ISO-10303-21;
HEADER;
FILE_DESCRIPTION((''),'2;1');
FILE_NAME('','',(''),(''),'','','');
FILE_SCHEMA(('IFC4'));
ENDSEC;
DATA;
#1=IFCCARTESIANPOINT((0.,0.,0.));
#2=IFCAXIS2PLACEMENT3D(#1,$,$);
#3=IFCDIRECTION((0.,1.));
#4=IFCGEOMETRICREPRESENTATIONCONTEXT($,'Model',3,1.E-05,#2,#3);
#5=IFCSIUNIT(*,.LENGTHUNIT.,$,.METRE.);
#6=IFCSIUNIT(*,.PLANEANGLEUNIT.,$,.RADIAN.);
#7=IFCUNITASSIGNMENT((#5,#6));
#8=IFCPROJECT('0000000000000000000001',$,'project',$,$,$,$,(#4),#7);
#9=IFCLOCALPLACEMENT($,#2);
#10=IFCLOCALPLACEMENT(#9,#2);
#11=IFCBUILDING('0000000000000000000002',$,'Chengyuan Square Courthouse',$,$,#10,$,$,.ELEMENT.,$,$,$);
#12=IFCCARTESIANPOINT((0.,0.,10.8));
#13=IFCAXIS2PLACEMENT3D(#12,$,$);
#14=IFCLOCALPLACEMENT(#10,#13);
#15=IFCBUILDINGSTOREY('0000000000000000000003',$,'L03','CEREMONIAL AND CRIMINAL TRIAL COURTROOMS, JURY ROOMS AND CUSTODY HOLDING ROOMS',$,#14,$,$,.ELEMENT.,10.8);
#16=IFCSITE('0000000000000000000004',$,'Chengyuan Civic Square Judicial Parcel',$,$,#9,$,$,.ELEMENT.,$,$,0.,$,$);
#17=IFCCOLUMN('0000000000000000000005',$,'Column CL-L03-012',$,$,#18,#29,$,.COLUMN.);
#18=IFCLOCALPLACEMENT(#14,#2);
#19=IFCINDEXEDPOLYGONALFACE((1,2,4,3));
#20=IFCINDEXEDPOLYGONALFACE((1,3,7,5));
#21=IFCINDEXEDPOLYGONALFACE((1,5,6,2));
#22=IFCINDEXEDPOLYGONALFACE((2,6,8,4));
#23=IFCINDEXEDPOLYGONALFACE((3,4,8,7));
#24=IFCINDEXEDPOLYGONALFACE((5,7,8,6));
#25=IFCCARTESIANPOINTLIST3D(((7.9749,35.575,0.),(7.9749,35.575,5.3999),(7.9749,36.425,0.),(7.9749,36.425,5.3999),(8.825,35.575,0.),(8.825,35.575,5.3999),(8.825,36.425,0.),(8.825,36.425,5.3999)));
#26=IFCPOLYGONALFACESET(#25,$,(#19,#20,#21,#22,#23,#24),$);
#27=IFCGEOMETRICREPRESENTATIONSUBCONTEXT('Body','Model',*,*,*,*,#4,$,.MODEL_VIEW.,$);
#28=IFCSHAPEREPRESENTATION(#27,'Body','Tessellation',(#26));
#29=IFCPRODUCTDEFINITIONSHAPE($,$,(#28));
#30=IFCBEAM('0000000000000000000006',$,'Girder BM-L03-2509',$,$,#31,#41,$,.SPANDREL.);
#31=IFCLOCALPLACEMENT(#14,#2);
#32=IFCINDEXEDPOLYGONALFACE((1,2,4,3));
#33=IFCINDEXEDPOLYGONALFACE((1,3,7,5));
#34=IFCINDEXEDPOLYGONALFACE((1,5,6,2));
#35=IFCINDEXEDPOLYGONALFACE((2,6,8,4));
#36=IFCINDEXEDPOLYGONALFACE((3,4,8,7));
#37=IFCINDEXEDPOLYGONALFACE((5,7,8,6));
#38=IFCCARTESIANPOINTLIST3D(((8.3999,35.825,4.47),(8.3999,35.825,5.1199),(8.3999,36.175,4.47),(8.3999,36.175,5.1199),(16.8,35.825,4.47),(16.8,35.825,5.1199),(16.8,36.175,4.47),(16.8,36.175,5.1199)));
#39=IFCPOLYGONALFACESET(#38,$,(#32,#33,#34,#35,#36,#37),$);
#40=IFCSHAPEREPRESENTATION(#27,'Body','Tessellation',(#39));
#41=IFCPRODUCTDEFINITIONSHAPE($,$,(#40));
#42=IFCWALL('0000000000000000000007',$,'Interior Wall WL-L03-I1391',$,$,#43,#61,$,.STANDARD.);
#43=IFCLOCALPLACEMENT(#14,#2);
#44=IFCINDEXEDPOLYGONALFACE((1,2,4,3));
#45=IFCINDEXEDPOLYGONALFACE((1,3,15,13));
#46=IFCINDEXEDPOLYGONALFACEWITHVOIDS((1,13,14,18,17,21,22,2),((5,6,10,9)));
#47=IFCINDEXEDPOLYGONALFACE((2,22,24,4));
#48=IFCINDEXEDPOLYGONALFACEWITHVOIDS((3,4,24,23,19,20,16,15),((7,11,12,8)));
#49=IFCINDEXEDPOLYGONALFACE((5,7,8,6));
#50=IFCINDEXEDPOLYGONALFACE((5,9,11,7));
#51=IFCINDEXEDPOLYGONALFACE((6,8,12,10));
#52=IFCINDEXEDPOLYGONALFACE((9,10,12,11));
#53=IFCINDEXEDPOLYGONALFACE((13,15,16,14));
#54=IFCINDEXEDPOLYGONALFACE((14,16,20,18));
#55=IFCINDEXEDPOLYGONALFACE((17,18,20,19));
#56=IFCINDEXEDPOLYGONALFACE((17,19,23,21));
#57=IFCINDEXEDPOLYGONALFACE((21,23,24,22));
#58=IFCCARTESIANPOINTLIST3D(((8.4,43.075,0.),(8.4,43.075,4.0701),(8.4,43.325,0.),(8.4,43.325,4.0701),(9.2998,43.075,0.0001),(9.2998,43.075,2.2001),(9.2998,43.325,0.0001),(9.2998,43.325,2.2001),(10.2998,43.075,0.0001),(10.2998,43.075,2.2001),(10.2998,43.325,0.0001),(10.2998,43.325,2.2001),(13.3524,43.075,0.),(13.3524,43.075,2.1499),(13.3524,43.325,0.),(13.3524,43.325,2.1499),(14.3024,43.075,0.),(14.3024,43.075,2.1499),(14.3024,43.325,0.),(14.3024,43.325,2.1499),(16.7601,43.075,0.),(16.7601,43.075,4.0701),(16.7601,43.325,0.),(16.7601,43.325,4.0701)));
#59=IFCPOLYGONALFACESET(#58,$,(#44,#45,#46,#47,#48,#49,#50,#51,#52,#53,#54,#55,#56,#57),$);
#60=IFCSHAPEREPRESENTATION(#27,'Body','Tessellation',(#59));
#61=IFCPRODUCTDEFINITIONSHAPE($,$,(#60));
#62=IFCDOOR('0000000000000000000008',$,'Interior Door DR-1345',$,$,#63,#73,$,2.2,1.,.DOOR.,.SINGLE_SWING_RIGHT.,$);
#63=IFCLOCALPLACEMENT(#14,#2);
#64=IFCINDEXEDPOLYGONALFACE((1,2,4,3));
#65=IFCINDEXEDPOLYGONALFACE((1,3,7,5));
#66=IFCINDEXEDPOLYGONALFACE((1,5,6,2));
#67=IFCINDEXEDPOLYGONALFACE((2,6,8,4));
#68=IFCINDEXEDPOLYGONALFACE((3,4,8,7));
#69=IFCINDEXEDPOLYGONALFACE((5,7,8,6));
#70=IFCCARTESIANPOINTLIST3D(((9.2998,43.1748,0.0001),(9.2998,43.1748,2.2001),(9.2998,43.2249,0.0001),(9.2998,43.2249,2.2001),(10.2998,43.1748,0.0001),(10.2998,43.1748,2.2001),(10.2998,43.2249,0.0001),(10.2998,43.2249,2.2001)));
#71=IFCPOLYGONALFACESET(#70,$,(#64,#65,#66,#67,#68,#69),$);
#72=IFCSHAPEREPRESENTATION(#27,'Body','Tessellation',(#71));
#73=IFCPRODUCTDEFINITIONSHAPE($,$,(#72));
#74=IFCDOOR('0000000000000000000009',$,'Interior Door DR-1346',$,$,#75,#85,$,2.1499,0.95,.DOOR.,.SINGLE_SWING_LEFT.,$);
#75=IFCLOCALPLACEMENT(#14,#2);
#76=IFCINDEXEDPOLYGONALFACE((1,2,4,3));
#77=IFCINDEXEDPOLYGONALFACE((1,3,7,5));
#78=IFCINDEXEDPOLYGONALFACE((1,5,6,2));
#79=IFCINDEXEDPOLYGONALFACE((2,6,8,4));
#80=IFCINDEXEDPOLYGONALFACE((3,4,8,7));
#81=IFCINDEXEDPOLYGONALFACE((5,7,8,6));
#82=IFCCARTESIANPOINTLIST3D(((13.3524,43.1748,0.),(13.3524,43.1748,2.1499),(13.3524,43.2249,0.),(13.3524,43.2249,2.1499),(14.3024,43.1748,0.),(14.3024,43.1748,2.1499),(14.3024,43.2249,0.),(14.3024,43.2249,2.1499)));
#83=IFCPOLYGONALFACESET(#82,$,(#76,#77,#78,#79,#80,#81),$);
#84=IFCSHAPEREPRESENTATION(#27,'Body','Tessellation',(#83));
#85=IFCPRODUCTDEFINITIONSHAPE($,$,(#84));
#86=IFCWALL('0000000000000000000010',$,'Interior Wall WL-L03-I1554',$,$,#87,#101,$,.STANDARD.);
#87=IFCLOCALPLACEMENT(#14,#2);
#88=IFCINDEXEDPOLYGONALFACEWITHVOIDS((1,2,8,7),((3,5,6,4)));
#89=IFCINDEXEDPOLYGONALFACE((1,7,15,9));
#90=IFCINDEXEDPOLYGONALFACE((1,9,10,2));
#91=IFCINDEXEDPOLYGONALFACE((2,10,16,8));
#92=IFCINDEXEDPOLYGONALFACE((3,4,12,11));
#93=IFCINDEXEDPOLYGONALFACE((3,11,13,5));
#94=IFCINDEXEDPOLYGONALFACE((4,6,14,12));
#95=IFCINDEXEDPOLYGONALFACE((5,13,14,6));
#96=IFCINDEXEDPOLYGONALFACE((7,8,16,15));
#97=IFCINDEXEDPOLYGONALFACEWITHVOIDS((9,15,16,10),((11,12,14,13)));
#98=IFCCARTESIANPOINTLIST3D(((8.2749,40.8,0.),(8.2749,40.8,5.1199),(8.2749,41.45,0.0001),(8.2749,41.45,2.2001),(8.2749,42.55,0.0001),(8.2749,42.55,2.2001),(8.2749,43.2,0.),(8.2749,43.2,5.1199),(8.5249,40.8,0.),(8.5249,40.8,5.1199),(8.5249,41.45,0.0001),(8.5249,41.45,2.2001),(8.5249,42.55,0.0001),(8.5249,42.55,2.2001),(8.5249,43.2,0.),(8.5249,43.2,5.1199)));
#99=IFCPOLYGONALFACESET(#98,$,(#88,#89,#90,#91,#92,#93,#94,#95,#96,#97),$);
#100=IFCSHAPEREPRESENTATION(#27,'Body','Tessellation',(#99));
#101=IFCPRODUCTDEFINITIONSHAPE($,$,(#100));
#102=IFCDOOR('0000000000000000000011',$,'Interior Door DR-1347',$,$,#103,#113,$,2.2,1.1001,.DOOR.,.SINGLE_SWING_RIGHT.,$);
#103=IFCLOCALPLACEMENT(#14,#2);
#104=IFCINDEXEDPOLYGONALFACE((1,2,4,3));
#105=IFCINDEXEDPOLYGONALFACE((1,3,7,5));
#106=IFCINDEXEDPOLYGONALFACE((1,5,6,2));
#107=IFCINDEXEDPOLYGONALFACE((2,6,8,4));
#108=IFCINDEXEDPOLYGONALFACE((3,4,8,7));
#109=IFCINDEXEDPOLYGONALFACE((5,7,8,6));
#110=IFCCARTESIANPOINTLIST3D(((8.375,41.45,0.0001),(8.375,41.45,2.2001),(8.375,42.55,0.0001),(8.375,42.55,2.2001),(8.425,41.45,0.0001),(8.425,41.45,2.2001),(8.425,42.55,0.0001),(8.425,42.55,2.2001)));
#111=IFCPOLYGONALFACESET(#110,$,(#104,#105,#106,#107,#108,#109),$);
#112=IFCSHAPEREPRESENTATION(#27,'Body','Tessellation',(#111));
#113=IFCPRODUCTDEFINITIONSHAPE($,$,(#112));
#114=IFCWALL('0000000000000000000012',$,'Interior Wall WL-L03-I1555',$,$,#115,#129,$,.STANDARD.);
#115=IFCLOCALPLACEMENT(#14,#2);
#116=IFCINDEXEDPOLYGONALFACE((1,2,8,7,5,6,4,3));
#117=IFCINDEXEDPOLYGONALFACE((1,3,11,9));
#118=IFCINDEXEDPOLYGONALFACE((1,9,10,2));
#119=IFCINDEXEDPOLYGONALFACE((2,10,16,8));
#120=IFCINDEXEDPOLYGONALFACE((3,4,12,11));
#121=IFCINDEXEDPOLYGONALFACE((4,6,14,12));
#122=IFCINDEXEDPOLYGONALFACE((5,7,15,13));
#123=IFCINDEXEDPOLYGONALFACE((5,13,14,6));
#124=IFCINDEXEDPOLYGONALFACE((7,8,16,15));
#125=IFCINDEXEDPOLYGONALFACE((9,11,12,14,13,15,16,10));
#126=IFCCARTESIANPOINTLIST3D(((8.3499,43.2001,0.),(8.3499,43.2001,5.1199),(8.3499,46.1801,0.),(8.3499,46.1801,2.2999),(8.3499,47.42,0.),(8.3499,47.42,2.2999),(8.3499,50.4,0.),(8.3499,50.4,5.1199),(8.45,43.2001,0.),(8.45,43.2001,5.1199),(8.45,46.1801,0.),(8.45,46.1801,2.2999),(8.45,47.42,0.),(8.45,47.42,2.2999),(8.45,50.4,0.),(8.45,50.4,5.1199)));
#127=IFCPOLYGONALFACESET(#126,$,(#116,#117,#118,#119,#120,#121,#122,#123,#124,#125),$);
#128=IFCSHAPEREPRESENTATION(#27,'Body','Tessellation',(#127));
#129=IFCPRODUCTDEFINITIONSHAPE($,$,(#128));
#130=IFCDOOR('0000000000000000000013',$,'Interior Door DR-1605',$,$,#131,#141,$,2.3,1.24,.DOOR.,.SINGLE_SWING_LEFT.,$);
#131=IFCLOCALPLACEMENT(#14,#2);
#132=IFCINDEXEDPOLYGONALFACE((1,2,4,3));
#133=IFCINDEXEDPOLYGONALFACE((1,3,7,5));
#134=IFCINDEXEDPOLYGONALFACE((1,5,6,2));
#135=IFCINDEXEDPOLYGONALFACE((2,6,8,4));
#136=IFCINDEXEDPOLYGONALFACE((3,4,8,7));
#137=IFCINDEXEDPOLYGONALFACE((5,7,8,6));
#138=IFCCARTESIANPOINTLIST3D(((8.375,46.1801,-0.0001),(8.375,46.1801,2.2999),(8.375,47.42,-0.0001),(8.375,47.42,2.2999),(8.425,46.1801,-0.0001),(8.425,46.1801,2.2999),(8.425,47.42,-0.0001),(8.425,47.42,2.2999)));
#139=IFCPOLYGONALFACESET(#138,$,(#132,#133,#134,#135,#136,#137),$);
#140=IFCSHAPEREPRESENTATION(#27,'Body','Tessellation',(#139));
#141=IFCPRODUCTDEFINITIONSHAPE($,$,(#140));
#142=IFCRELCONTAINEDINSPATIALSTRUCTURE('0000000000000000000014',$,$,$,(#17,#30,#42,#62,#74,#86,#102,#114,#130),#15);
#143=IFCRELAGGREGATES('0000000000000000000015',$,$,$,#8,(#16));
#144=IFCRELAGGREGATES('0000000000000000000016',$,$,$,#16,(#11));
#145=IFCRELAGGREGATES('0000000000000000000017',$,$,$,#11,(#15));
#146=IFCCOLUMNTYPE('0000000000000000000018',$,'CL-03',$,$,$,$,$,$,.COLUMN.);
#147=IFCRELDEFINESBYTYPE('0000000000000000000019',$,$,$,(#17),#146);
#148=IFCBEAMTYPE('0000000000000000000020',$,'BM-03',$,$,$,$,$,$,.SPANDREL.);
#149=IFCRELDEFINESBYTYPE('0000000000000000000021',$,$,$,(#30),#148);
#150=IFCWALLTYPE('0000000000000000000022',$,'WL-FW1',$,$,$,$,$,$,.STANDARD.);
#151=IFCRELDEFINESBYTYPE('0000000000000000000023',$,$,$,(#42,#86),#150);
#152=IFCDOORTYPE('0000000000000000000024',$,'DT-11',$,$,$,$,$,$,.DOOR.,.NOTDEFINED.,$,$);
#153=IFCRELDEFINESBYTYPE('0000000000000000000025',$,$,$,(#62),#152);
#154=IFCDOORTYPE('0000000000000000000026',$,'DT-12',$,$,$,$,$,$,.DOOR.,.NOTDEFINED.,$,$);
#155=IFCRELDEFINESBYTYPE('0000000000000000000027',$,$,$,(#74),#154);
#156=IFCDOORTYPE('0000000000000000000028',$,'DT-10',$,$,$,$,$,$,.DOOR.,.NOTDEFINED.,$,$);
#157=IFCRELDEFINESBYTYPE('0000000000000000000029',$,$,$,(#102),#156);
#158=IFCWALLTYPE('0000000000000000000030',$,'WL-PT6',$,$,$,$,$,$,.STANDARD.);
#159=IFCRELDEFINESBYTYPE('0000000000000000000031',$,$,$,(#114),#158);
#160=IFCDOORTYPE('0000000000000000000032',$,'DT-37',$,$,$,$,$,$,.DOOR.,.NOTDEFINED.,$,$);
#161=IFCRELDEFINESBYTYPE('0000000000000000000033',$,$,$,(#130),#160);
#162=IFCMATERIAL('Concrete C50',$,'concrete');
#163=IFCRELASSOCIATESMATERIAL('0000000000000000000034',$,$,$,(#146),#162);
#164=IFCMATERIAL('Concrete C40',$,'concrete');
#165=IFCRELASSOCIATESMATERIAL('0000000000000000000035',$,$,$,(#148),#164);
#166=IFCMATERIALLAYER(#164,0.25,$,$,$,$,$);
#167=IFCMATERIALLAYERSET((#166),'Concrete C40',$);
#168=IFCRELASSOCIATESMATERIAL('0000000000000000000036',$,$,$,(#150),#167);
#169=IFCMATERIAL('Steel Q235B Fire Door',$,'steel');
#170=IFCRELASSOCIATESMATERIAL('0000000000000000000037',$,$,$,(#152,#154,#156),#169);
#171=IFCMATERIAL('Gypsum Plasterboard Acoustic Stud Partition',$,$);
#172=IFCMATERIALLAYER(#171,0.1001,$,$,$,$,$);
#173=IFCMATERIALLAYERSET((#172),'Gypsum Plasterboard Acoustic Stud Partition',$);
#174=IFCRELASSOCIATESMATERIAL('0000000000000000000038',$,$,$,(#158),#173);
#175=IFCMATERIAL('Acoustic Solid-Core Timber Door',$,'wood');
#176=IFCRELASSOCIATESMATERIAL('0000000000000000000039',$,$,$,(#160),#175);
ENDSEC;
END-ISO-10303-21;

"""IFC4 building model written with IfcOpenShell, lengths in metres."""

from ifc_helpers import new_model, si_unit, direction, frame, frame_2d, origin, origin_2d, place, context, subcontext, project, spatial, rectangle, extrude, material, layer, layer_set, material_profile, profile_set, type_object, element, fill, save


model = new_model("IFC4")

# Units and contexts
model_context = context("Model", 3, precision=1e-05, world=origin(), true_north=direction((0.0, 1.0)))
body_context = subcontext(model_context, "Body", "Model", "MODEL_VIEW")
ifc_project = project(units=[si_unit("LENGTHUNIT", "METRE"), si_unit("PLANEANGLEUNIT", "RADIAN")], contexts=[model_context])

# Site, building, storey
site_placement = place(None, origin())
site = spatial("IfcSite", under=ifc_project, at=site_placement, Name="Chengyuan Civic Square Judicial Parcel", CompositionType="ELEMENT", RefElevation=0.0)
building_placement = place(site_placement, origin())
building = spatial("IfcBuilding", under=site, at=building_placement, Name="Chengyuan Square Courthouse", CompositionType="ELEMENT")
storey_placement = place(building_placement, frame((0.0, 0.0, 10.8)))
storey = spatial("IfcBuildingStorey", under=building, at=storey_placement, Name="L03", Description="CEREMONIAL AND CRIMINAL TRIAL COURTROOMS, JURY ROOMS AND CUSTODY HOLDING ROOMS", CompositionType="ELEMENT", Elevation=10.8)

# Column
ifc_material_1 = material(Name="Concrete C50", Category="concrete")
ifc_material_profile_1 = material_profile(ifc_material_1, rectangle(XDim=0.8501, YDim=0.8501, at=origin_2d()), Name="RC-COL-850x850")
ifc_profile_set_1 = profile_set([ifc_material_profile_1], Name="Concrete C50")
column_type = type_object("IfcColumnType", Name="CL-03", PredefinedType="COLUMN", material=ifc_profile_set_1)
column_placement = place(storey_placement, frame((8.3999, 36.0, 0.0), z_axis=(0.0, 0.0, 1.0), x_axis=(1.0, 0.0, 0.0)))
element("IfcColumn", 1, at=column_placement, inside=storey, type_object=column_type, Name="Column CL-L03-012", PredefinedType="COLUMN", context=body_context, shape_type="SweptSolid", body=[
    extrude(rectangle(XDim=0.8501, YDim=0.8501, at=origin_2d()), origin(), (0.0, 0.0, 1.0), 5.3999),
])

# Beam
ifc_material_2 = material(Name="Concrete C40", Category="concrete")
ifc_material_profile_2 = material_profile(ifc_material_2, rectangle(XDim=0.3501, YDim=0.6499, at=origin_2d()), Name="RC-BM-350x650")
ifc_profile_set_2 = profile_set([ifc_material_profile_2], Name="Concrete C40")
beam_type = type_object("IfcBeamType", Name="BM-03", PredefinedType="SPANDREL", material=ifc_profile_set_2)
beam_placement = place(storey_placement, frame((8.3999, 36.0, 4.7949), z_axis=(1.0, 0.0, 0.0), x_axis=(0.0, 1.0, 0.0)))
element("IfcBeam", 2, at=beam_placement, inside=storey, type_object=beam_type, Name="Girder BM-L03-2509", PredefinedType="SPANDREL", context=body_context, shape_type="SweptSolid", body=[
    extrude(rectangle(XDim=0.3501, YDim=0.6499, at=origin_2d()), origin(), (0.0, 0.0, 1.0), 8.4001),
])

# Wall, openings, doors
ifc_layer_1 = layer(ifc_material_2, 0.25)
ifc_layer_set_1 = layer_set([ifc_layer_1], Name="Concrete C40")
wall_type_1 = type_object("IfcWallType", Name="WL-FW1", PredefinedType="STANDARD", material=ifc_layer_set_1)
wall_1_placement = place(storey_placement, frame((8.3999, 43.2, 0.0), z_axis=(0.0, 0.0, 1.0), x_axis=(1.0, 0.0, 0.0)))
wall_1 = element("IfcWall", 3, at=wall_1_placement, inside=storey, type_object=wall_type_1, Name="Interior Wall WL-L03-I1391", PredefinedType="STANDARD", context=body_context, shape_type="SweptSolid", body=[
    extrude(rectangle(XDim=8.3601, YDim=0.25, at=frame_2d((4.1802, 0.0))), origin(), (0.0, 0.0, 1.0), 4.0701),
])
opening_1_placement = place(wall_1_placement, frame((0.8999, 0.0, 0.0)))
opening_1 = element("IfcOpeningElement", 4, at=opening_1_placement, cuts=wall_1, PredefinedType="OPENING", context=body_context, shape_type="SweptSolid", body=[
    extrude(rectangle(XDim=1.0, YDim=2.2, at=frame_2d((0.5, 1.1001))), frame((0.0, 0.137, 0.0), z_axis=(0.0, -1.0, 0.0), x_axis=(1.0, 0.0, 0.0)), (0.0, 0.0, 1.0), 0.2739),
])
opening_2_placement = place(wall_1_placement, frame((4.9524, 0.0, 0.0)))
opening_2 = element("IfcOpeningElement", 5, at=opening_2_placement, cuts=wall_1, PredefinedType="OPENING", context=body_context, shape_type="SweptSolid", body=[
    extrude(rectangle(XDim=0.95, YDim=2.1499, at=frame_2d((0.4751, 1.075))), frame((0.0, 0.137, 0.0), z_axis=(0.0, -1.0, 0.0), x_axis=(1.0, 0.0, 0.0)), (0.0, 0.0, 1.0), 0.2739),
])
ifc_material_3 = material(Name="Steel Q235B Fire Door", Category="steel")
door_type_1 = type_object("IfcDoorType", Name="DT-11", OperationType="NOTDEFINED", PredefinedType="DOOR", material=ifc_material_3)
door_1_placement = place(opening_1_placement, origin())
door_1 = element("IfcDoor", 6, at=door_1_placement, inside=storey, type_object=door_type_1, Name="Interior Door DR-1345", OperationType="SINGLE_SWING_RIGHT", OverallHeight=2.2, OverallWidth=1.0, PredefinedType="DOOR", context=body_context, shape_type="SweptSolid", body=[
    extrude(rectangle(XDim=1.0, YDim=2.2, at=frame_2d((0.5, 1.1001))), frame((0.0, 0.0249, 0.0), z_axis=(0.0, -1.0, 0.0), x_axis=(1.0, 0.0, 0.0)), (0.0, 0.0, 1.0), 0.05),
])
fill(opening_1, door_1)
door_type_2 = type_object("IfcDoorType", Name="DT-12", OperationType="NOTDEFINED", PredefinedType="DOOR", material=ifc_material_3)
door_2_placement = place(opening_2_placement, origin())
door_2 = element("IfcDoor", 7, at=door_2_placement, inside=storey, type_object=door_type_2, Name="Interior Door DR-1346", OperationType="SINGLE_SWING_LEFT", OverallHeight=2.1499, OverallWidth=0.95, PredefinedType="DOOR", context=body_context, shape_type="SweptSolid", body=[
    extrude(rectangle(XDim=0.95, YDim=2.1499, at=frame_2d((0.4751, 1.075))), frame((0.0, 0.0249, 0.0), z_axis=(0.0, -1.0, 0.0), x_axis=(1.0, 0.0, 0.0)), (0.0, 0.0, 1.0), 0.05),
])
fill(opening_2, door_2)

# Walls, openings, doors
wall_2_placement = place(storey_placement, frame((8.3999, 40.8, 0.0), z_axis=(0.0, 0.0, 1.0), x_axis=(0.0, 1.0, 0.0)))
wall_2 = element("IfcWall", 8, at=wall_2_placement, inside=storey, type_object=wall_type_1, Name="Interior Wall WL-L03-I1554", PredefinedType="STANDARD", context=body_context, shape_type="SweptSolid", body=[
    extrude(rectangle(XDim=2.3999, YDim=0.25, at=frame_2d((1.2, 0.0))), origin(), (0.0, 0.0, 1.0), 5.1199),
])
opening_3_placement = place(wall_2_placement, frame((0.6499, 0.0, 0.0)))
opening_3 = element("IfcOpeningElement", 9, at=opening_3_placement, cuts=wall_2, PredefinedType="OPENING", context=body_context, shape_type="SweptSolid", body=[
    extrude(rectangle(XDim=1.1001, YDim=2.2, at=frame_2d((0.55, 1.1001))), frame((0.0, 0.137, 0.0), z_axis=(0.0, -1.0, 0.0), x_axis=(1.0, 0.0, 0.0)), (0.0, 0.0, 1.0), 0.2739),
])
door_type_3 = type_object("IfcDoorType", Name="DT-10", OperationType="NOTDEFINED", PredefinedType="DOOR", material=ifc_material_3)
door_3_placement = place(opening_3_placement, origin())
door_3 = element("IfcDoor", 10, at=door_3_placement, inside=storey, type_object=door_type_3, Name="Interior Door DR-1347", OperationType="SINGLE_SWING_RIGHT", OverallHeight=2.2, OverallWidth=1.1001, PredefinedType="DOOR", context=body_context, shape_type="SweptSolid", body=[
    extrude(rectangle(XDim=1.1001, YDim=2.2, at=frame_2d((0.55, 1.1001))), frame((0.0, 0.0249, 0.0), z_axis=(0.0, -1.0, 0.0), x_axis=(1.0, 0.0, 0.0)), (0.0, 0.0, 1.0), 0.05),
])
fill(opening_3, door_3)
ifc_material_4 = material(Name="Gypsum Plasterboard Acoustic Stud Partition")
ifc_layer_2 = layer(ifc_material_4, 0.1001)
ifc_layer_set_2 = layer_set([ifc_layer_2], Name="Gypsum Plasterboard Acoustic Stud Partition")
wall_type_2 = type_object("IfcWallType", Name="WL-PT6", PredefinedType="STANDARD", material=ifc_layer_set_2)
wall_3_placement = place(storey_placement, frame((8.3999, 43.2, 0.0), z_axis=(0.0, 0.0, 1.0), x_axis=(0.0, 1.0, 0.0)))
wall_3 = element("IfcWall", 11, at=wall_3_placement, inside=storey, type_object=wall_type_2, Name="Interior Wall WL-L03-I1555", PredefinedType="STANDARD", context=body_context, shape_type="SweptSolid", body=[
    extrude(rectangle(XDim=7.2, YDim=0.1001, at=frame_2d((3.6001, 0.0))), origin(), (0.0, 0.0, 1.0), 5.1199),
])
opening_4_placement = place(wall_3_placement, frame((2.98, 0.0, 0.0)))
opening_4 = element("IfcOpeningElement", 12, at=opening_4_placement, cuts=wall_3, PredefinedType="OPENING", context=body_context, shape_type="SweptSolid", body=[
    extrude(rectangle(XDim=1.24, YDim=2.3, at=frame_2d((0.6201, 1.1499))), frame((0.0, 0.062, 0.0), z_axis=(0.0, -1.0, 0.0), x_axis=(1.0, 0.0, 0.0)), (0.0, 0.0, 1.0), 0.124),
])
ifc_material_5 = material(Name="Acoustic Solid-Core Timber Door", Category="wood")
door_type_4 = type_object("IfcDoorType", Name="DT-37", OperationType="NOTDEFINED", PredefinedType="DOOR", material=ifc_material_5)
door_4_placement = place(opening_4_placement, origin())
door_4 = element("IfcDoor", 13, at=door_4_placement, inside=storey, type_object=door_type_4, Name="Interior Door DR-1605", OperationType="SINGLE_SWING_LEFT", OverallHeight=2.3, OverallWidth=1.24, PredefinedType="DOOR", context=body_context, shape_type="SweptSolid", body=[
    extrude(rectangle(XDim=1.24, YDim=2.3, at=frame_2d((0.6201, 1.1499))), frame((0.0, 0.0249, 0.0), z_axis=(0.0, -1.0, 0.0), x_axis=(1.0, 0.0, 0.0)), (0.0, 0.0, 1.0), 0.05),
])
fill(opening_4, door_4)

save(model, "model.ifc")
